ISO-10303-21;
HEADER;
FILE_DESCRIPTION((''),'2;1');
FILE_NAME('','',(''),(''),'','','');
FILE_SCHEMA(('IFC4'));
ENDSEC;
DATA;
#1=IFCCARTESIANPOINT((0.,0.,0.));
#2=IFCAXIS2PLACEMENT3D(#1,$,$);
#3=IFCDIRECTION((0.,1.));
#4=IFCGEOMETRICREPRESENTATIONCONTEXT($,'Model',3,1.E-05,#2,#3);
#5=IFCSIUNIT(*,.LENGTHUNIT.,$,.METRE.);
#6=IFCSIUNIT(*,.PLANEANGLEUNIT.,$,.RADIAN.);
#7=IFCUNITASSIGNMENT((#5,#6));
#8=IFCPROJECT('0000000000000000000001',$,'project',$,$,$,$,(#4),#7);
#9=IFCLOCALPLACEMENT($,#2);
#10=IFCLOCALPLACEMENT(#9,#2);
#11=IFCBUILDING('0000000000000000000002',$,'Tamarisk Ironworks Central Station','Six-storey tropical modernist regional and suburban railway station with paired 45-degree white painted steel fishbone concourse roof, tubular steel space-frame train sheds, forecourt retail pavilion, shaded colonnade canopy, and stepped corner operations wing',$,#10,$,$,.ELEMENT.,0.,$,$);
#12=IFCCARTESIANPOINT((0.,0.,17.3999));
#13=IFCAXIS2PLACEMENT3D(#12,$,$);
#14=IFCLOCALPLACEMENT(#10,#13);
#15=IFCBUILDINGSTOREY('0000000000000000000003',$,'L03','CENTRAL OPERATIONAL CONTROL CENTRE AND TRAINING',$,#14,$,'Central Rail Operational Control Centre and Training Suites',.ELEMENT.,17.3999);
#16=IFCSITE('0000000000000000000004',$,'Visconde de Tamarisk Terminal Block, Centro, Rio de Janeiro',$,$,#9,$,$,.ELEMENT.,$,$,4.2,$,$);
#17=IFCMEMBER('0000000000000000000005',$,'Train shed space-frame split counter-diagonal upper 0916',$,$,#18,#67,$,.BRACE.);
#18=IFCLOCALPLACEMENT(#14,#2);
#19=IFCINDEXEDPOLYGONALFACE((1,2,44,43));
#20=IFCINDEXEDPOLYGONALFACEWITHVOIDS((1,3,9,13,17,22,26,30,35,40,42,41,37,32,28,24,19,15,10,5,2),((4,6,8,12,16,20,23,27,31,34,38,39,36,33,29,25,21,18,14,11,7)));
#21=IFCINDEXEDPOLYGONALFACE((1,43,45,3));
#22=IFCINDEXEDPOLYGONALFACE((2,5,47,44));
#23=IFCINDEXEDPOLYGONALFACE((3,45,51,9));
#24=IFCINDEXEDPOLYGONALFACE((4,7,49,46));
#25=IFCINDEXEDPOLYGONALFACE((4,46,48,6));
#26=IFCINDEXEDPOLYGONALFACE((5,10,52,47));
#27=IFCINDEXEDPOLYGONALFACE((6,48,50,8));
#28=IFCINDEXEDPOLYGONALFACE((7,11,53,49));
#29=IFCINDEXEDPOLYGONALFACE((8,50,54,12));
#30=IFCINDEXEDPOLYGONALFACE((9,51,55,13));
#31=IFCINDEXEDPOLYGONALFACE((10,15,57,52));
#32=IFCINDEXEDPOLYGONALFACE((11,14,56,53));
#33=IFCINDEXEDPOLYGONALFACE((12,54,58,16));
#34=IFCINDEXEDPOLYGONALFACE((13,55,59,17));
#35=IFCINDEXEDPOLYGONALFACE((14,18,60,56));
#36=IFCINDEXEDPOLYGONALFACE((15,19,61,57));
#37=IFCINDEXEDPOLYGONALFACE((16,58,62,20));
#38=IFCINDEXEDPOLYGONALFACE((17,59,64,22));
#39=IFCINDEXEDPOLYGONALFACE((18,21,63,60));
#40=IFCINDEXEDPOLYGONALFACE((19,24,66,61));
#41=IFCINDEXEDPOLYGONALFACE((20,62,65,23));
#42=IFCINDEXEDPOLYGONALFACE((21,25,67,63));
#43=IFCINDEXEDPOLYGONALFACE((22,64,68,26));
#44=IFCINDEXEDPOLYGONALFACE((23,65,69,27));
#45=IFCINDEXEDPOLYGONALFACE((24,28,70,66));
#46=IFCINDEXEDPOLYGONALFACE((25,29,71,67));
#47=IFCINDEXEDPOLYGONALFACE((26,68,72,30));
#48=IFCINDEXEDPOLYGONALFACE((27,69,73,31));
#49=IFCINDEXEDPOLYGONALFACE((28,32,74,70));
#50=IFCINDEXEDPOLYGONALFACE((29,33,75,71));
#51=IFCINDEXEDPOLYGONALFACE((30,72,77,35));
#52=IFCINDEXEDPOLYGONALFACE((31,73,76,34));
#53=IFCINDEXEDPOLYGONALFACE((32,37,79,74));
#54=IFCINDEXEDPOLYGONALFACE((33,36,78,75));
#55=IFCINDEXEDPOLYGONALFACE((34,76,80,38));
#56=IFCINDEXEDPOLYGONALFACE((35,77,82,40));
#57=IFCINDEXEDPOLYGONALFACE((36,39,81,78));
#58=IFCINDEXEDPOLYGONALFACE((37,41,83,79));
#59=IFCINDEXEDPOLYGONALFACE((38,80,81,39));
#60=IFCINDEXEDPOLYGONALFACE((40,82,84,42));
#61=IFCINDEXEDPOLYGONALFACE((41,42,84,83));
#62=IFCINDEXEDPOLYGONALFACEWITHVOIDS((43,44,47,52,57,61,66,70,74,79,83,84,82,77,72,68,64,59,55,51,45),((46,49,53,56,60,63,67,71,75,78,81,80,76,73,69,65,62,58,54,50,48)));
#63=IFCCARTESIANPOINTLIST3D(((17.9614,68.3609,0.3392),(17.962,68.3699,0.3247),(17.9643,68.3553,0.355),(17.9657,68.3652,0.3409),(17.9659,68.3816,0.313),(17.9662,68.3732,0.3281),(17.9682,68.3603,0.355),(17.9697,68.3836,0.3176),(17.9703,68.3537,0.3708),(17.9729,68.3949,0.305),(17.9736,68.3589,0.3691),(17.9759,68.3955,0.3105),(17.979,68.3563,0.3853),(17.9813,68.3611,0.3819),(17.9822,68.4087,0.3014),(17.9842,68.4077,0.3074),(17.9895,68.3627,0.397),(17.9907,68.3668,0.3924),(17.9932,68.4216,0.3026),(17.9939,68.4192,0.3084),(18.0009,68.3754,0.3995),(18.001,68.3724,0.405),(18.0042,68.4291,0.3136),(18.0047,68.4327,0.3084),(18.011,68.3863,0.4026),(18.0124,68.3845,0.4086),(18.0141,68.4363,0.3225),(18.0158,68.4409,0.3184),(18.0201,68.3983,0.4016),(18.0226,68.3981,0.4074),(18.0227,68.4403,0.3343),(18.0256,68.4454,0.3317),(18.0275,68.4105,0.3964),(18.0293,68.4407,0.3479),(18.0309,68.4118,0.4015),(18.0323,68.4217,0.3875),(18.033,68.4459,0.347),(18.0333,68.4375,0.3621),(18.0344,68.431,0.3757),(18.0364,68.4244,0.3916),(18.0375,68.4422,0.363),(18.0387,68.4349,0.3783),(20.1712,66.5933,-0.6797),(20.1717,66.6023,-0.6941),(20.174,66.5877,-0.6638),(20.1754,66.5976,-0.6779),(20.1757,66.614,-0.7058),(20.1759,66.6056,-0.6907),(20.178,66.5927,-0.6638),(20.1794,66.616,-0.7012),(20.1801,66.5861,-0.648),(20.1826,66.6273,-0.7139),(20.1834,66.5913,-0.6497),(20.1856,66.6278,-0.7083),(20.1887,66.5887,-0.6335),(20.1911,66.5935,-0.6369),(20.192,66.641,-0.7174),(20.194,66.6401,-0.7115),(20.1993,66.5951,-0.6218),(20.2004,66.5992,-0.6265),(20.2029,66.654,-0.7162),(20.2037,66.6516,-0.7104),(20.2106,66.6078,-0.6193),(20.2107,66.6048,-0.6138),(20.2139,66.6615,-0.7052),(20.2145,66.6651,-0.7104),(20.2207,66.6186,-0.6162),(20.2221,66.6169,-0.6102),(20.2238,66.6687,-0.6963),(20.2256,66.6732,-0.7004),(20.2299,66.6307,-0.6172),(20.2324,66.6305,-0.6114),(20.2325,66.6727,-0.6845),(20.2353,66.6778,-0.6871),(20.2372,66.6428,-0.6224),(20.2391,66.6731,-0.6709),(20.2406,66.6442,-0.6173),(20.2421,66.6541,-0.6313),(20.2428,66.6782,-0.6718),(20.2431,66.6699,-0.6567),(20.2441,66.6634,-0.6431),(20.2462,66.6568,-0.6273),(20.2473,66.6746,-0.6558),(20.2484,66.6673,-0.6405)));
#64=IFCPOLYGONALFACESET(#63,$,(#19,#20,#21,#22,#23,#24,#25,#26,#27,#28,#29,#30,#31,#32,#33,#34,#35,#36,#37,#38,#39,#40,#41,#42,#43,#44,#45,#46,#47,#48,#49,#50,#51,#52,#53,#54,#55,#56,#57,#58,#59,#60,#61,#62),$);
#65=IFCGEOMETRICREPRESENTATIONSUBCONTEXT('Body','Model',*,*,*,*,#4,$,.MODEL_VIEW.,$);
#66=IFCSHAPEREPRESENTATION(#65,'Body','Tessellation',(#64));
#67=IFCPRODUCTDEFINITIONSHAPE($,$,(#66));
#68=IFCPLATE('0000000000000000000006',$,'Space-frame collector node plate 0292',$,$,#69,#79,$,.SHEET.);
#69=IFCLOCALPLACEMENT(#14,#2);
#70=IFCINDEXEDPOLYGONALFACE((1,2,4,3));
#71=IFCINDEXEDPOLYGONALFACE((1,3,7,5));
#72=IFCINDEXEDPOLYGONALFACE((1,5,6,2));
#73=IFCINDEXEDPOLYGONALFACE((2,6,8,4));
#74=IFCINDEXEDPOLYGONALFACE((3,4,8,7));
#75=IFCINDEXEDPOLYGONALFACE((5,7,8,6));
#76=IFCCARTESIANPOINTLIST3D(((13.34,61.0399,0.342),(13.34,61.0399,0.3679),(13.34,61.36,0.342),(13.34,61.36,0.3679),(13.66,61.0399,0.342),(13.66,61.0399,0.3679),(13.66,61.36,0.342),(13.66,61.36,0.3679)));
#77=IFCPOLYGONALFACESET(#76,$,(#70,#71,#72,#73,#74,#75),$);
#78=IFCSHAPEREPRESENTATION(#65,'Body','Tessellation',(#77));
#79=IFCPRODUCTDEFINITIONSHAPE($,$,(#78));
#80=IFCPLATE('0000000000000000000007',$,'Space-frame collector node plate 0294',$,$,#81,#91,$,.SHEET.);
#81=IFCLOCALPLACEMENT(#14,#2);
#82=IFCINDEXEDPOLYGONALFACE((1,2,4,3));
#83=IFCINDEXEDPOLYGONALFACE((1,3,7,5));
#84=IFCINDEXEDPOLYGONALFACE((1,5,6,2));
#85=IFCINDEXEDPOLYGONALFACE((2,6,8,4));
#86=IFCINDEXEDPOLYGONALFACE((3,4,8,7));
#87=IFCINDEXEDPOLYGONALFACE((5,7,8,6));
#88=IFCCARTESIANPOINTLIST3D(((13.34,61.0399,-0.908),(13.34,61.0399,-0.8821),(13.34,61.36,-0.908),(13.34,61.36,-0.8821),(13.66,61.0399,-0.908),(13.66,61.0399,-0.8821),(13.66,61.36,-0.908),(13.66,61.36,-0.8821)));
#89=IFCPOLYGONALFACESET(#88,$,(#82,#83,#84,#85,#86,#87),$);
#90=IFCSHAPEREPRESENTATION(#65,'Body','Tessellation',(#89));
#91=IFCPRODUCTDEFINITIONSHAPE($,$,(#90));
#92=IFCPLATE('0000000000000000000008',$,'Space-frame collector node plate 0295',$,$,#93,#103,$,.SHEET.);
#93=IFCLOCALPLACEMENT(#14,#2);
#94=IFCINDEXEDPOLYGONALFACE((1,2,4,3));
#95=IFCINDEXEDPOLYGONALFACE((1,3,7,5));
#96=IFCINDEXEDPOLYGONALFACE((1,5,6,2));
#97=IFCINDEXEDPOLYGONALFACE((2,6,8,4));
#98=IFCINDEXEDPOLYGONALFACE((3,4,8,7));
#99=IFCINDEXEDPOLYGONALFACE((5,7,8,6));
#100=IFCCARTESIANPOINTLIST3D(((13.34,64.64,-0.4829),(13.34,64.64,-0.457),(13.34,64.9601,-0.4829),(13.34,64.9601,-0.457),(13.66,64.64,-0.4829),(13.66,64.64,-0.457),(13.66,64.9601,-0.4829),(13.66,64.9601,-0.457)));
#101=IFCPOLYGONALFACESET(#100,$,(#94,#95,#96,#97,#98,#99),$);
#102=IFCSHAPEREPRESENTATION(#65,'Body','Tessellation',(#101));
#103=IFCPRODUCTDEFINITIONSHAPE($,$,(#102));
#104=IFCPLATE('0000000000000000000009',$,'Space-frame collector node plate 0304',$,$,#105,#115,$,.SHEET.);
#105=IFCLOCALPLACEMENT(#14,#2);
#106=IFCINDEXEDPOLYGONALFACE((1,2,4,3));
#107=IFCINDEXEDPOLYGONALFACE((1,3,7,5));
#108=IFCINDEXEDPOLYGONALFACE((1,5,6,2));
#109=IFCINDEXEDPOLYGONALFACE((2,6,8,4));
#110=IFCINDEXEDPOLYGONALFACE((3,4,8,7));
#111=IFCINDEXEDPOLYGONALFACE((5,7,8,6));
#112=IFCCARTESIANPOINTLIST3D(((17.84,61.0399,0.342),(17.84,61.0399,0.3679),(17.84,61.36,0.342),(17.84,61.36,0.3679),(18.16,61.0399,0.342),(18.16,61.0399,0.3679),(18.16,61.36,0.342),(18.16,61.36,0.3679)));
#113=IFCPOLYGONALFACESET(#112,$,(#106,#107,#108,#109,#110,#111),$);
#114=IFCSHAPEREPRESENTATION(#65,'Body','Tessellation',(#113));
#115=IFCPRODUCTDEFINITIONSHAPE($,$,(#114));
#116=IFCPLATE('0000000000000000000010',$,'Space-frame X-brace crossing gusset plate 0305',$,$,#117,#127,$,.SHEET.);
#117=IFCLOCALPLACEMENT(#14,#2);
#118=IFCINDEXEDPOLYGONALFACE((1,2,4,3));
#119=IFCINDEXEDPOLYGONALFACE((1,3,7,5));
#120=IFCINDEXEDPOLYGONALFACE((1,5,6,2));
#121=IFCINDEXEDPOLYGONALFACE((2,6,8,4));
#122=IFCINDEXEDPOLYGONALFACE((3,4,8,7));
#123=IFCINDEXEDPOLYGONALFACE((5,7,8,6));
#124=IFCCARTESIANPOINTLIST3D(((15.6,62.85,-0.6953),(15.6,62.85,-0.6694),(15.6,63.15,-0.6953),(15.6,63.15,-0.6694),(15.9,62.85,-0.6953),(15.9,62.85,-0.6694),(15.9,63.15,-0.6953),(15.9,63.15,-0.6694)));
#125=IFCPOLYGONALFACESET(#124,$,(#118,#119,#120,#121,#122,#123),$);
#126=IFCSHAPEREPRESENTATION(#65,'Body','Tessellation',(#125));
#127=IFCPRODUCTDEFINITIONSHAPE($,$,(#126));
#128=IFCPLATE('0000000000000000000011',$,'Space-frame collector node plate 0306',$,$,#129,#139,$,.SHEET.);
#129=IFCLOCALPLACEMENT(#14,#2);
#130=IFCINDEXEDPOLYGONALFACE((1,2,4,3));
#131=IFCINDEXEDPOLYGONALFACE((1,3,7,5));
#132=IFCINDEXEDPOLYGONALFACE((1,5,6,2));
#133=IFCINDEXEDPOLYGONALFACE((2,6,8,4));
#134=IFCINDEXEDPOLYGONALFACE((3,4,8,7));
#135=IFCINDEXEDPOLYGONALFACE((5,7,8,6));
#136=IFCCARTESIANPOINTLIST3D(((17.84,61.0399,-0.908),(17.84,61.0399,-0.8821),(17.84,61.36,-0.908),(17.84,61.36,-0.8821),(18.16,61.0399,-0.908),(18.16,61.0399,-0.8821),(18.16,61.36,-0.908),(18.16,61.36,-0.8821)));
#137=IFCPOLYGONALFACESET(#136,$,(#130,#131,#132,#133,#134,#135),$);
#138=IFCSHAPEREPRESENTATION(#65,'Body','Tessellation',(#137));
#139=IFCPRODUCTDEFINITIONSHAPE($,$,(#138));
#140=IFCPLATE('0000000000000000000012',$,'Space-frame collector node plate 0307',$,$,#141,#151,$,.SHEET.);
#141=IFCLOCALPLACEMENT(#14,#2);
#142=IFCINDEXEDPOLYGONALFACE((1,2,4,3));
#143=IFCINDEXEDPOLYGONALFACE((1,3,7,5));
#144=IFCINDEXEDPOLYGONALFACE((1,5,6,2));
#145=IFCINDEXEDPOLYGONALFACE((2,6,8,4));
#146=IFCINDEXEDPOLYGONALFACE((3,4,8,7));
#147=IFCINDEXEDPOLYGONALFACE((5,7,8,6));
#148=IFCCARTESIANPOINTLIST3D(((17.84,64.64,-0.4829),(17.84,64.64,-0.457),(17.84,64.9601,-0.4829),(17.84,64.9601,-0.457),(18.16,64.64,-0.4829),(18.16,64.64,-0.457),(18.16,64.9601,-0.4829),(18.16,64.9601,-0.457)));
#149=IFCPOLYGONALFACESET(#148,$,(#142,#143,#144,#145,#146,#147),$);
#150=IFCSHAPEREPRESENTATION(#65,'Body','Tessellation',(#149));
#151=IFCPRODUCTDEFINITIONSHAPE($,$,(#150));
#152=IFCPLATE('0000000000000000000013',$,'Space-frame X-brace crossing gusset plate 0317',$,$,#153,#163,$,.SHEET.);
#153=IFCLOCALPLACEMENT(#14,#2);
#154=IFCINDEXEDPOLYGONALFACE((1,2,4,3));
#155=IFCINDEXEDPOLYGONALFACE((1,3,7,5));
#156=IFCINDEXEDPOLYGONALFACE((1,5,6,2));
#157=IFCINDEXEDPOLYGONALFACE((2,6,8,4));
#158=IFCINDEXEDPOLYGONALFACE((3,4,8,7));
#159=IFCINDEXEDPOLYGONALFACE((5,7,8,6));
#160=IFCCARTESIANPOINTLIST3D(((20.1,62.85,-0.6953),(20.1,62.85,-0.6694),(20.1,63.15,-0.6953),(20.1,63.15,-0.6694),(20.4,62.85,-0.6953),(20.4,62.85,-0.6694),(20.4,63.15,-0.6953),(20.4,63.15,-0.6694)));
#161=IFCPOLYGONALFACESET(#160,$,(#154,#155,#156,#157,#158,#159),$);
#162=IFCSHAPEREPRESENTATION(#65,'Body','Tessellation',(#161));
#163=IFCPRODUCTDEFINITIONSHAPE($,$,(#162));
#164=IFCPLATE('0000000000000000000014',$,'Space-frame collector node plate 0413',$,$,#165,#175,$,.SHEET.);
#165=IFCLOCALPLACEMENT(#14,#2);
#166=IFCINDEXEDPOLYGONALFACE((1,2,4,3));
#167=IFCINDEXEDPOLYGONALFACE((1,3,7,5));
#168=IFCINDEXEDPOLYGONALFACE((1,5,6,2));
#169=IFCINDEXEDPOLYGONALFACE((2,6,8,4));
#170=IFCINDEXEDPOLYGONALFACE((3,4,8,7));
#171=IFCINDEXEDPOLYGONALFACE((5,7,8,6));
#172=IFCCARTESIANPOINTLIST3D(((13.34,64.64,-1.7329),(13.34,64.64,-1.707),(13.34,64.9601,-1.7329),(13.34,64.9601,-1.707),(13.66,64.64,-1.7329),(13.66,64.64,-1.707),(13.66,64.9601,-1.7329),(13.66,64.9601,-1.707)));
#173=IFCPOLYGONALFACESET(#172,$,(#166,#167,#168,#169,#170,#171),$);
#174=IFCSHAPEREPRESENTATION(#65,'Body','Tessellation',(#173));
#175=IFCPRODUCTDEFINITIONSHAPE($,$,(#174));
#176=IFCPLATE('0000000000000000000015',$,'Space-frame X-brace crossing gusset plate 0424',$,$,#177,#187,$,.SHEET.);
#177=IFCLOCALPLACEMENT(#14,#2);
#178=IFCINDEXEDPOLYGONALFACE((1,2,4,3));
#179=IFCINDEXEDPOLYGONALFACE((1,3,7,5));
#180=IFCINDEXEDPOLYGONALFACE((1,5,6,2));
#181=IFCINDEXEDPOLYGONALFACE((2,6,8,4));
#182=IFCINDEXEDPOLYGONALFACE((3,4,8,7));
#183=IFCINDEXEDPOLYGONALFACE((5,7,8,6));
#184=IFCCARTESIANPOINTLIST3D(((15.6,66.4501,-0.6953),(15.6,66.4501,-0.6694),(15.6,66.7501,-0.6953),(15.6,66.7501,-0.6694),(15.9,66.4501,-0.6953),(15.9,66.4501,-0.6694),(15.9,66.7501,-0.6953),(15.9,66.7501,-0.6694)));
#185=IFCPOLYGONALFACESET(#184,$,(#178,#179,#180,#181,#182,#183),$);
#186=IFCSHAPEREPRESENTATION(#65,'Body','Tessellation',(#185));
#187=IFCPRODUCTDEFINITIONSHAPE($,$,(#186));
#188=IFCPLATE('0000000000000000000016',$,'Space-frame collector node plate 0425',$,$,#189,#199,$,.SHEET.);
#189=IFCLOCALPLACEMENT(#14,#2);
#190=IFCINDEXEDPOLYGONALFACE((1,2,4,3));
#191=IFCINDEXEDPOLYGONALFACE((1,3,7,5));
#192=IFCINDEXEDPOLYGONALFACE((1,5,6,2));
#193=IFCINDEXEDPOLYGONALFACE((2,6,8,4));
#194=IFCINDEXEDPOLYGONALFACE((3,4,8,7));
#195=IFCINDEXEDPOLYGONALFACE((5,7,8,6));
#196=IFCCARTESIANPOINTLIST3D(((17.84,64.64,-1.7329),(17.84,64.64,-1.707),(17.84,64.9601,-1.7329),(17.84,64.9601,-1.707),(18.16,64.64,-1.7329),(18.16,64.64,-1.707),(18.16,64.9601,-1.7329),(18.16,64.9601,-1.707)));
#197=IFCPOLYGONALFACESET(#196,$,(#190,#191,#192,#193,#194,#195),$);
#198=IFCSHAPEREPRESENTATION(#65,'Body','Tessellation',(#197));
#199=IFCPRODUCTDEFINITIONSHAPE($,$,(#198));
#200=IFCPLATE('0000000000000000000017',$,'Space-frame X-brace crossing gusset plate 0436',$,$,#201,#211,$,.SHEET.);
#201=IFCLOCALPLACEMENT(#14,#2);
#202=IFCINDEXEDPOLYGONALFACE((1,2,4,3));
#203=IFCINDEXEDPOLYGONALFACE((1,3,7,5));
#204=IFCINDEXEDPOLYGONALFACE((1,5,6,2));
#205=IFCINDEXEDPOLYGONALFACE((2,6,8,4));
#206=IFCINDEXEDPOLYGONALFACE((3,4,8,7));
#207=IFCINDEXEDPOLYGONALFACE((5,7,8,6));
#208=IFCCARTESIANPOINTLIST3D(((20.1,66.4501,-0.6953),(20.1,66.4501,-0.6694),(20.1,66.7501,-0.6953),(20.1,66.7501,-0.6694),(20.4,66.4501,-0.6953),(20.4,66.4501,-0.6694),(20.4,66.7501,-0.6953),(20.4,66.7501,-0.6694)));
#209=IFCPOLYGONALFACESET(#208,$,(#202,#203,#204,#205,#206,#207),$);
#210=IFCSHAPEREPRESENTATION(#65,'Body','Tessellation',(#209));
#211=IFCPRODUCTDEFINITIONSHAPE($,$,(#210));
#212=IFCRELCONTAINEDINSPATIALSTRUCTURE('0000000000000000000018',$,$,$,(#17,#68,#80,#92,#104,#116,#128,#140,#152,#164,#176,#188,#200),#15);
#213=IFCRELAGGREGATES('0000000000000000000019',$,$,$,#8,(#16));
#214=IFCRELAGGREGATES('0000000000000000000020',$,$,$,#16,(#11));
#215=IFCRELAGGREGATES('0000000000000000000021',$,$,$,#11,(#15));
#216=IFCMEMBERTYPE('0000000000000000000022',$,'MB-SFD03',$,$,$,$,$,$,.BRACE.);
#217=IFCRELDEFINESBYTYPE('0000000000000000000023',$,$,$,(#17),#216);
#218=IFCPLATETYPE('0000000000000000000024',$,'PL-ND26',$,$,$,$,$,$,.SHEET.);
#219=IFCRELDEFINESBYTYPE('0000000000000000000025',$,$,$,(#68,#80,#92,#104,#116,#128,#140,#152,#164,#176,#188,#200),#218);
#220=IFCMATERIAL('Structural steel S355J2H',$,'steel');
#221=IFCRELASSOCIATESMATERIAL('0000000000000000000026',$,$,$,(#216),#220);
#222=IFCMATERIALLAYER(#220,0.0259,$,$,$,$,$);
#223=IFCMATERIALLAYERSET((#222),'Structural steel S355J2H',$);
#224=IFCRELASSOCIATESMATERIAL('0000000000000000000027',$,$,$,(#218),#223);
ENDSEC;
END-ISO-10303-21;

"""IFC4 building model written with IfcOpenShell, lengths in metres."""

from ifc_helpers import new_model, si_unit, direction, frame, origin, origin_2d, place, context, subcontext, project, spatial, rectangle, hollow_circle, extrude, material, layer, layer_set, material_profile, profile_set, type_object, element, save


model = new_model("IFC4")

# Units and contexts
model_context = context("Model", 3, precision=1e-05, world=origin(), true_north=direction((0.0, 1.0)))
body_context = subcontext(model_context, "Body", "Model", "MODEL_VIEW")
ifc_project = project(units=[si_unit("LENGTHUNIT", "METRE"), si_unit("PLANEANGLEUNIT", "RADIAN")], contexts=[model_context])

# Site, building, storey
site_placement = place(None, origin())
site = spatial("IfcSite", under=ifc_project, at=site_placement, Name="Visconde de Tamarisk Terminal Block, Centro, Rio de Janeiro", CompositionType="ELEMENT", RefElevation=4.2)
building_placement = place(site_placement, origin())
building = spatial("IfcBuilding", under=site, at=building_placement, Name="Tamarisk Ironworks Central Station", Description="Six-storey tropical modernist regional and suburban railway station with paired 45-degree white painted steel fishbone concourse roof, tubular steel space-frame train sheds, forecourt retail pavilion, shaded colonnade canopy, and stepped corner operations wing", CompositionType="ELEMENT", ElevationOfRefHeight=0.0)
storey_placement = place(building_placement, frame((0.0, 0.0, 17.3999)))
storey = spatial("IfcBuildingStorey", under=building, at=storey_placement, Name="L03", Description="CENTRAL OPERATIONAL CONTROL CENTRE AND TRAINING", LongName="Central Rail Operational Control Centre and Training Suites", CompositionType="ELEMENT", Elevation=17.3999)

# Member
ifc_material_1 = material(Name="Structural steel S355J2H", Category="steel")
ifc_material_profile_1 = material_profile(ifc_material_1, hollow_circle(Radius=0.0571, WallThickness=0.0063, at=origin_2d()), Name="CHS 114.3x6.3")
ifc_profile_set_1 = profile_set([ifc_material_profile_1], Name="Structural steel S355J2H")
member_type_1 = type_object("IfcMemberType", Name="MB-SFD03", PredefinedType="BRACE", material=ifc_profile_set_1)
for number, where, z_axis, x_axis, name in (
    (1, (20.2097, 66.6323, -0.6638), (-0.734732, 0.587721, 0.338751), (-0.624653, -0.780902, 0.0), "Train shed space-frame split counter-diagonal upper 0916"),
):
    element("IfcMember", number, at=place(storey_placement, frame(where, z_axis=z_axis, x_axis=x_axis)), inside=storey, type_object=member_type_1, Name=name, PredefinedType="BRACE", context=body_context, shape_type="SweptSolid", body=[
        extrude(hollow_circle(Radius=0.0571, WallThickness=0.0063, at=origin_2d()), origin(), (0.0, 0.0, 1.0), 3.0076),
    ])

# Plates
ifc_layer = layer(ifc_material_1, 0.0259)
ifc_layer_set = layer_set([ifc_layer], Name="Structural steel S355J2H")
plate_type = type_object("IfcPlateType", Name="PL-ND26", PredefinedType="SHEET", material=ifc_layer_set)
for number, where, z_axis, x_axis, name in (
    (2, (13.5, 61.2, 0.342), (0.0, 0.0, 1.0), (1.0, 0.0, 0.0), "Space-frame collector node plate 0292"),
    (3, (13.5, 61.2, -0.908), (0.0, 0.0, 1.0), (1.0, 0.0, 0.0), "Space-frame collector node plate 0294"),
    (4, (13.5, 64.8, -0.4829), (0.0, 0.0, 1.0), (1.0, 0.0, 0.0), "Space-frame collector node plate 0295"),
    (5, (18.0, 61.2, 0.342), (0.0, 0.0, 1.0), (1.0, 0.0, 0.0), "Space-frame collector node plate 0304"),
):
    element("IfcPlate", number, at=place(storey_placement, frame(where, z_axis=z_axis, x_axis=x_axis)), inside=storey, type_object=plate_type, Name=name, PredefinedType="SHEET", context=body_context, shape_type="SweptSolid", body=[
        extrude(rectangle(XDim=0.3201, YDim=0.3201, at=origin_2d()), origin(), (0.0, 0.0, 1.0), 0.0259),
    ])
plate_1_placement = place(storey_placement, frame((15.75, 63.0, -0.6953), z_axis=(0.0, 0.0, 1.0), x_axis=(1.0, 0.0, 0.0)))
element("IfcPlate", 6, at=plate_1_placement, inside=storey, type_object=plate_type, Name="Space-frame X-brace crossing gusset plate 0305", PredefinedType="SHEET", context=body_context, shape_type="SweptSolid", body=[
    extrude(rectangle(XDim=0.3, YDim=0.3, at=origin_2d()), origin(), (0.0, 0.0, 1.0), 0.0259),
])
for number, where, z_axis, x_axis, name in (
    (7, (18.0, 61.2, -0.908), (0.0, 0.0, 1.0), (1.0, 0.0, 0.0), "Space-frame collector node plate 0306"),
    (8, (18.0, 64.8, -0.4829), (0.0, 0.0, 1.0), (1.0, 0.0, 0.0), "Space-frame collector node plate 0307"),
):
    element("IfcPlate", number, at=place(storey_placement, frame(where, z_axis=z_axis, x_axis=x_axis)), inside=storey, type_object=plate_type, Name=name, PredefinedType="SHEET", context=body_context, shape_type="SweptSolid", body=[
        extrude(rectangle(XDim=0.3201, YDim=0.3201, at=origin_2d()), origin(), (0.0, 0.0, 1.0), 0.0259),
    ])
plate_2_placement = place(storey_placement, frame((20.25, 63.0, -0.6953), z_axis=(0.0, 0.0, 1.0), x_axis=(1.0, 0.0, 0.0)))
element("IfcPlate", 9, at=plate_2_placement, inside=storey, type_object=plate_type, Name="Space-frame X-brace crossing gusset plate 0317", PredefinedType="SHEET", context=body_context, shape_type="SweptSolid", body=[
    extrude(rectangle(XDim=0.3, YDim=0.3, at=origin_2d()), origin(), (0.0, 0.0, 1.0), 0.0259),
])
plate_3_placement = place(storey_placement, frame((13.5, 64.8, -1.7329), z_axis=(0.0, 0.0, 1.0), x_axis=(1.0, 0.0, 0.0)))
element("IfcPlate", 10, at=plate_3_placement, inside=storey, type_object=plate_type, Name="Space-frame collector node plate 0413", PredefinedType="SHEET", context=body_context, shape_type="SweptSolid", body=[
    extrude(rectangle(XDim=0.3201, YDim=0.3201, at=origin_2d()), origin(), (0.0, 0.0, 1.0), 0.0259),
])
plate_4_placement = place(storey_placement, frame((15.75, 66.6001, -0.6953), z_axis=(0.0, 0.0, 1.0), x_axis=(1.0, 0.0, 0.0)))
element("IfcPlate", 11, at=plate_4_placement, inside=storey, type_object=plate_type, Name="Space-frame X-brace crossing gusset plate 0424", PredefinedType="SHEET", context=body_context, shape_type="SweptSolid", body=[
    extrude(rectangle(XDim=0.3, YDim=0.3, at=origin_2d()), origin(), (0.0, 0.0, 1.0), 0.0259),
])
plate_5_placement = place(storey_placement, frame((18.0, 64.8, -1.7329), z_axis=(0.0, 0.0, 1.0), x_axis=(1.0, 0.0, 0.0)))
element("IfcPlate", 12, at=plate_5_placement, inside=storey, type_object=plate_type, Name="Space-frame collector node plate 0425", PredefinedType="SHEET", context=body_context, shape_type="SweptSolid", body=[
    extrude(rectangle(XDim=0.3201, YDim=0.3201, at=origin_2d()), origin(), (0.0, 0.0, 1.0), 0.0259),
])
plate_6_placement = place(storey_placement, frame((20.25, 66.6001, -0.6953), z_axis=(0.0, 0.0, 1.0), x_axis=(1.0, 0.0, 0.0)))
element("IfcPlate", 13, at=plate_6_placement, inside=storey, type_object=plate_type, Name="Space-frame X-brace crossing gusset plate 0436", PredefinedType="SHEET", context=body_context, shape_type="SweptSolid", body=[
    extrude(rectangle(XDim=0.3, YDim=0.3, at=origin_2d()), origin(), (0.0, 0.0, 1.0), 0.0259),
])

save(model, "model.ifc")
